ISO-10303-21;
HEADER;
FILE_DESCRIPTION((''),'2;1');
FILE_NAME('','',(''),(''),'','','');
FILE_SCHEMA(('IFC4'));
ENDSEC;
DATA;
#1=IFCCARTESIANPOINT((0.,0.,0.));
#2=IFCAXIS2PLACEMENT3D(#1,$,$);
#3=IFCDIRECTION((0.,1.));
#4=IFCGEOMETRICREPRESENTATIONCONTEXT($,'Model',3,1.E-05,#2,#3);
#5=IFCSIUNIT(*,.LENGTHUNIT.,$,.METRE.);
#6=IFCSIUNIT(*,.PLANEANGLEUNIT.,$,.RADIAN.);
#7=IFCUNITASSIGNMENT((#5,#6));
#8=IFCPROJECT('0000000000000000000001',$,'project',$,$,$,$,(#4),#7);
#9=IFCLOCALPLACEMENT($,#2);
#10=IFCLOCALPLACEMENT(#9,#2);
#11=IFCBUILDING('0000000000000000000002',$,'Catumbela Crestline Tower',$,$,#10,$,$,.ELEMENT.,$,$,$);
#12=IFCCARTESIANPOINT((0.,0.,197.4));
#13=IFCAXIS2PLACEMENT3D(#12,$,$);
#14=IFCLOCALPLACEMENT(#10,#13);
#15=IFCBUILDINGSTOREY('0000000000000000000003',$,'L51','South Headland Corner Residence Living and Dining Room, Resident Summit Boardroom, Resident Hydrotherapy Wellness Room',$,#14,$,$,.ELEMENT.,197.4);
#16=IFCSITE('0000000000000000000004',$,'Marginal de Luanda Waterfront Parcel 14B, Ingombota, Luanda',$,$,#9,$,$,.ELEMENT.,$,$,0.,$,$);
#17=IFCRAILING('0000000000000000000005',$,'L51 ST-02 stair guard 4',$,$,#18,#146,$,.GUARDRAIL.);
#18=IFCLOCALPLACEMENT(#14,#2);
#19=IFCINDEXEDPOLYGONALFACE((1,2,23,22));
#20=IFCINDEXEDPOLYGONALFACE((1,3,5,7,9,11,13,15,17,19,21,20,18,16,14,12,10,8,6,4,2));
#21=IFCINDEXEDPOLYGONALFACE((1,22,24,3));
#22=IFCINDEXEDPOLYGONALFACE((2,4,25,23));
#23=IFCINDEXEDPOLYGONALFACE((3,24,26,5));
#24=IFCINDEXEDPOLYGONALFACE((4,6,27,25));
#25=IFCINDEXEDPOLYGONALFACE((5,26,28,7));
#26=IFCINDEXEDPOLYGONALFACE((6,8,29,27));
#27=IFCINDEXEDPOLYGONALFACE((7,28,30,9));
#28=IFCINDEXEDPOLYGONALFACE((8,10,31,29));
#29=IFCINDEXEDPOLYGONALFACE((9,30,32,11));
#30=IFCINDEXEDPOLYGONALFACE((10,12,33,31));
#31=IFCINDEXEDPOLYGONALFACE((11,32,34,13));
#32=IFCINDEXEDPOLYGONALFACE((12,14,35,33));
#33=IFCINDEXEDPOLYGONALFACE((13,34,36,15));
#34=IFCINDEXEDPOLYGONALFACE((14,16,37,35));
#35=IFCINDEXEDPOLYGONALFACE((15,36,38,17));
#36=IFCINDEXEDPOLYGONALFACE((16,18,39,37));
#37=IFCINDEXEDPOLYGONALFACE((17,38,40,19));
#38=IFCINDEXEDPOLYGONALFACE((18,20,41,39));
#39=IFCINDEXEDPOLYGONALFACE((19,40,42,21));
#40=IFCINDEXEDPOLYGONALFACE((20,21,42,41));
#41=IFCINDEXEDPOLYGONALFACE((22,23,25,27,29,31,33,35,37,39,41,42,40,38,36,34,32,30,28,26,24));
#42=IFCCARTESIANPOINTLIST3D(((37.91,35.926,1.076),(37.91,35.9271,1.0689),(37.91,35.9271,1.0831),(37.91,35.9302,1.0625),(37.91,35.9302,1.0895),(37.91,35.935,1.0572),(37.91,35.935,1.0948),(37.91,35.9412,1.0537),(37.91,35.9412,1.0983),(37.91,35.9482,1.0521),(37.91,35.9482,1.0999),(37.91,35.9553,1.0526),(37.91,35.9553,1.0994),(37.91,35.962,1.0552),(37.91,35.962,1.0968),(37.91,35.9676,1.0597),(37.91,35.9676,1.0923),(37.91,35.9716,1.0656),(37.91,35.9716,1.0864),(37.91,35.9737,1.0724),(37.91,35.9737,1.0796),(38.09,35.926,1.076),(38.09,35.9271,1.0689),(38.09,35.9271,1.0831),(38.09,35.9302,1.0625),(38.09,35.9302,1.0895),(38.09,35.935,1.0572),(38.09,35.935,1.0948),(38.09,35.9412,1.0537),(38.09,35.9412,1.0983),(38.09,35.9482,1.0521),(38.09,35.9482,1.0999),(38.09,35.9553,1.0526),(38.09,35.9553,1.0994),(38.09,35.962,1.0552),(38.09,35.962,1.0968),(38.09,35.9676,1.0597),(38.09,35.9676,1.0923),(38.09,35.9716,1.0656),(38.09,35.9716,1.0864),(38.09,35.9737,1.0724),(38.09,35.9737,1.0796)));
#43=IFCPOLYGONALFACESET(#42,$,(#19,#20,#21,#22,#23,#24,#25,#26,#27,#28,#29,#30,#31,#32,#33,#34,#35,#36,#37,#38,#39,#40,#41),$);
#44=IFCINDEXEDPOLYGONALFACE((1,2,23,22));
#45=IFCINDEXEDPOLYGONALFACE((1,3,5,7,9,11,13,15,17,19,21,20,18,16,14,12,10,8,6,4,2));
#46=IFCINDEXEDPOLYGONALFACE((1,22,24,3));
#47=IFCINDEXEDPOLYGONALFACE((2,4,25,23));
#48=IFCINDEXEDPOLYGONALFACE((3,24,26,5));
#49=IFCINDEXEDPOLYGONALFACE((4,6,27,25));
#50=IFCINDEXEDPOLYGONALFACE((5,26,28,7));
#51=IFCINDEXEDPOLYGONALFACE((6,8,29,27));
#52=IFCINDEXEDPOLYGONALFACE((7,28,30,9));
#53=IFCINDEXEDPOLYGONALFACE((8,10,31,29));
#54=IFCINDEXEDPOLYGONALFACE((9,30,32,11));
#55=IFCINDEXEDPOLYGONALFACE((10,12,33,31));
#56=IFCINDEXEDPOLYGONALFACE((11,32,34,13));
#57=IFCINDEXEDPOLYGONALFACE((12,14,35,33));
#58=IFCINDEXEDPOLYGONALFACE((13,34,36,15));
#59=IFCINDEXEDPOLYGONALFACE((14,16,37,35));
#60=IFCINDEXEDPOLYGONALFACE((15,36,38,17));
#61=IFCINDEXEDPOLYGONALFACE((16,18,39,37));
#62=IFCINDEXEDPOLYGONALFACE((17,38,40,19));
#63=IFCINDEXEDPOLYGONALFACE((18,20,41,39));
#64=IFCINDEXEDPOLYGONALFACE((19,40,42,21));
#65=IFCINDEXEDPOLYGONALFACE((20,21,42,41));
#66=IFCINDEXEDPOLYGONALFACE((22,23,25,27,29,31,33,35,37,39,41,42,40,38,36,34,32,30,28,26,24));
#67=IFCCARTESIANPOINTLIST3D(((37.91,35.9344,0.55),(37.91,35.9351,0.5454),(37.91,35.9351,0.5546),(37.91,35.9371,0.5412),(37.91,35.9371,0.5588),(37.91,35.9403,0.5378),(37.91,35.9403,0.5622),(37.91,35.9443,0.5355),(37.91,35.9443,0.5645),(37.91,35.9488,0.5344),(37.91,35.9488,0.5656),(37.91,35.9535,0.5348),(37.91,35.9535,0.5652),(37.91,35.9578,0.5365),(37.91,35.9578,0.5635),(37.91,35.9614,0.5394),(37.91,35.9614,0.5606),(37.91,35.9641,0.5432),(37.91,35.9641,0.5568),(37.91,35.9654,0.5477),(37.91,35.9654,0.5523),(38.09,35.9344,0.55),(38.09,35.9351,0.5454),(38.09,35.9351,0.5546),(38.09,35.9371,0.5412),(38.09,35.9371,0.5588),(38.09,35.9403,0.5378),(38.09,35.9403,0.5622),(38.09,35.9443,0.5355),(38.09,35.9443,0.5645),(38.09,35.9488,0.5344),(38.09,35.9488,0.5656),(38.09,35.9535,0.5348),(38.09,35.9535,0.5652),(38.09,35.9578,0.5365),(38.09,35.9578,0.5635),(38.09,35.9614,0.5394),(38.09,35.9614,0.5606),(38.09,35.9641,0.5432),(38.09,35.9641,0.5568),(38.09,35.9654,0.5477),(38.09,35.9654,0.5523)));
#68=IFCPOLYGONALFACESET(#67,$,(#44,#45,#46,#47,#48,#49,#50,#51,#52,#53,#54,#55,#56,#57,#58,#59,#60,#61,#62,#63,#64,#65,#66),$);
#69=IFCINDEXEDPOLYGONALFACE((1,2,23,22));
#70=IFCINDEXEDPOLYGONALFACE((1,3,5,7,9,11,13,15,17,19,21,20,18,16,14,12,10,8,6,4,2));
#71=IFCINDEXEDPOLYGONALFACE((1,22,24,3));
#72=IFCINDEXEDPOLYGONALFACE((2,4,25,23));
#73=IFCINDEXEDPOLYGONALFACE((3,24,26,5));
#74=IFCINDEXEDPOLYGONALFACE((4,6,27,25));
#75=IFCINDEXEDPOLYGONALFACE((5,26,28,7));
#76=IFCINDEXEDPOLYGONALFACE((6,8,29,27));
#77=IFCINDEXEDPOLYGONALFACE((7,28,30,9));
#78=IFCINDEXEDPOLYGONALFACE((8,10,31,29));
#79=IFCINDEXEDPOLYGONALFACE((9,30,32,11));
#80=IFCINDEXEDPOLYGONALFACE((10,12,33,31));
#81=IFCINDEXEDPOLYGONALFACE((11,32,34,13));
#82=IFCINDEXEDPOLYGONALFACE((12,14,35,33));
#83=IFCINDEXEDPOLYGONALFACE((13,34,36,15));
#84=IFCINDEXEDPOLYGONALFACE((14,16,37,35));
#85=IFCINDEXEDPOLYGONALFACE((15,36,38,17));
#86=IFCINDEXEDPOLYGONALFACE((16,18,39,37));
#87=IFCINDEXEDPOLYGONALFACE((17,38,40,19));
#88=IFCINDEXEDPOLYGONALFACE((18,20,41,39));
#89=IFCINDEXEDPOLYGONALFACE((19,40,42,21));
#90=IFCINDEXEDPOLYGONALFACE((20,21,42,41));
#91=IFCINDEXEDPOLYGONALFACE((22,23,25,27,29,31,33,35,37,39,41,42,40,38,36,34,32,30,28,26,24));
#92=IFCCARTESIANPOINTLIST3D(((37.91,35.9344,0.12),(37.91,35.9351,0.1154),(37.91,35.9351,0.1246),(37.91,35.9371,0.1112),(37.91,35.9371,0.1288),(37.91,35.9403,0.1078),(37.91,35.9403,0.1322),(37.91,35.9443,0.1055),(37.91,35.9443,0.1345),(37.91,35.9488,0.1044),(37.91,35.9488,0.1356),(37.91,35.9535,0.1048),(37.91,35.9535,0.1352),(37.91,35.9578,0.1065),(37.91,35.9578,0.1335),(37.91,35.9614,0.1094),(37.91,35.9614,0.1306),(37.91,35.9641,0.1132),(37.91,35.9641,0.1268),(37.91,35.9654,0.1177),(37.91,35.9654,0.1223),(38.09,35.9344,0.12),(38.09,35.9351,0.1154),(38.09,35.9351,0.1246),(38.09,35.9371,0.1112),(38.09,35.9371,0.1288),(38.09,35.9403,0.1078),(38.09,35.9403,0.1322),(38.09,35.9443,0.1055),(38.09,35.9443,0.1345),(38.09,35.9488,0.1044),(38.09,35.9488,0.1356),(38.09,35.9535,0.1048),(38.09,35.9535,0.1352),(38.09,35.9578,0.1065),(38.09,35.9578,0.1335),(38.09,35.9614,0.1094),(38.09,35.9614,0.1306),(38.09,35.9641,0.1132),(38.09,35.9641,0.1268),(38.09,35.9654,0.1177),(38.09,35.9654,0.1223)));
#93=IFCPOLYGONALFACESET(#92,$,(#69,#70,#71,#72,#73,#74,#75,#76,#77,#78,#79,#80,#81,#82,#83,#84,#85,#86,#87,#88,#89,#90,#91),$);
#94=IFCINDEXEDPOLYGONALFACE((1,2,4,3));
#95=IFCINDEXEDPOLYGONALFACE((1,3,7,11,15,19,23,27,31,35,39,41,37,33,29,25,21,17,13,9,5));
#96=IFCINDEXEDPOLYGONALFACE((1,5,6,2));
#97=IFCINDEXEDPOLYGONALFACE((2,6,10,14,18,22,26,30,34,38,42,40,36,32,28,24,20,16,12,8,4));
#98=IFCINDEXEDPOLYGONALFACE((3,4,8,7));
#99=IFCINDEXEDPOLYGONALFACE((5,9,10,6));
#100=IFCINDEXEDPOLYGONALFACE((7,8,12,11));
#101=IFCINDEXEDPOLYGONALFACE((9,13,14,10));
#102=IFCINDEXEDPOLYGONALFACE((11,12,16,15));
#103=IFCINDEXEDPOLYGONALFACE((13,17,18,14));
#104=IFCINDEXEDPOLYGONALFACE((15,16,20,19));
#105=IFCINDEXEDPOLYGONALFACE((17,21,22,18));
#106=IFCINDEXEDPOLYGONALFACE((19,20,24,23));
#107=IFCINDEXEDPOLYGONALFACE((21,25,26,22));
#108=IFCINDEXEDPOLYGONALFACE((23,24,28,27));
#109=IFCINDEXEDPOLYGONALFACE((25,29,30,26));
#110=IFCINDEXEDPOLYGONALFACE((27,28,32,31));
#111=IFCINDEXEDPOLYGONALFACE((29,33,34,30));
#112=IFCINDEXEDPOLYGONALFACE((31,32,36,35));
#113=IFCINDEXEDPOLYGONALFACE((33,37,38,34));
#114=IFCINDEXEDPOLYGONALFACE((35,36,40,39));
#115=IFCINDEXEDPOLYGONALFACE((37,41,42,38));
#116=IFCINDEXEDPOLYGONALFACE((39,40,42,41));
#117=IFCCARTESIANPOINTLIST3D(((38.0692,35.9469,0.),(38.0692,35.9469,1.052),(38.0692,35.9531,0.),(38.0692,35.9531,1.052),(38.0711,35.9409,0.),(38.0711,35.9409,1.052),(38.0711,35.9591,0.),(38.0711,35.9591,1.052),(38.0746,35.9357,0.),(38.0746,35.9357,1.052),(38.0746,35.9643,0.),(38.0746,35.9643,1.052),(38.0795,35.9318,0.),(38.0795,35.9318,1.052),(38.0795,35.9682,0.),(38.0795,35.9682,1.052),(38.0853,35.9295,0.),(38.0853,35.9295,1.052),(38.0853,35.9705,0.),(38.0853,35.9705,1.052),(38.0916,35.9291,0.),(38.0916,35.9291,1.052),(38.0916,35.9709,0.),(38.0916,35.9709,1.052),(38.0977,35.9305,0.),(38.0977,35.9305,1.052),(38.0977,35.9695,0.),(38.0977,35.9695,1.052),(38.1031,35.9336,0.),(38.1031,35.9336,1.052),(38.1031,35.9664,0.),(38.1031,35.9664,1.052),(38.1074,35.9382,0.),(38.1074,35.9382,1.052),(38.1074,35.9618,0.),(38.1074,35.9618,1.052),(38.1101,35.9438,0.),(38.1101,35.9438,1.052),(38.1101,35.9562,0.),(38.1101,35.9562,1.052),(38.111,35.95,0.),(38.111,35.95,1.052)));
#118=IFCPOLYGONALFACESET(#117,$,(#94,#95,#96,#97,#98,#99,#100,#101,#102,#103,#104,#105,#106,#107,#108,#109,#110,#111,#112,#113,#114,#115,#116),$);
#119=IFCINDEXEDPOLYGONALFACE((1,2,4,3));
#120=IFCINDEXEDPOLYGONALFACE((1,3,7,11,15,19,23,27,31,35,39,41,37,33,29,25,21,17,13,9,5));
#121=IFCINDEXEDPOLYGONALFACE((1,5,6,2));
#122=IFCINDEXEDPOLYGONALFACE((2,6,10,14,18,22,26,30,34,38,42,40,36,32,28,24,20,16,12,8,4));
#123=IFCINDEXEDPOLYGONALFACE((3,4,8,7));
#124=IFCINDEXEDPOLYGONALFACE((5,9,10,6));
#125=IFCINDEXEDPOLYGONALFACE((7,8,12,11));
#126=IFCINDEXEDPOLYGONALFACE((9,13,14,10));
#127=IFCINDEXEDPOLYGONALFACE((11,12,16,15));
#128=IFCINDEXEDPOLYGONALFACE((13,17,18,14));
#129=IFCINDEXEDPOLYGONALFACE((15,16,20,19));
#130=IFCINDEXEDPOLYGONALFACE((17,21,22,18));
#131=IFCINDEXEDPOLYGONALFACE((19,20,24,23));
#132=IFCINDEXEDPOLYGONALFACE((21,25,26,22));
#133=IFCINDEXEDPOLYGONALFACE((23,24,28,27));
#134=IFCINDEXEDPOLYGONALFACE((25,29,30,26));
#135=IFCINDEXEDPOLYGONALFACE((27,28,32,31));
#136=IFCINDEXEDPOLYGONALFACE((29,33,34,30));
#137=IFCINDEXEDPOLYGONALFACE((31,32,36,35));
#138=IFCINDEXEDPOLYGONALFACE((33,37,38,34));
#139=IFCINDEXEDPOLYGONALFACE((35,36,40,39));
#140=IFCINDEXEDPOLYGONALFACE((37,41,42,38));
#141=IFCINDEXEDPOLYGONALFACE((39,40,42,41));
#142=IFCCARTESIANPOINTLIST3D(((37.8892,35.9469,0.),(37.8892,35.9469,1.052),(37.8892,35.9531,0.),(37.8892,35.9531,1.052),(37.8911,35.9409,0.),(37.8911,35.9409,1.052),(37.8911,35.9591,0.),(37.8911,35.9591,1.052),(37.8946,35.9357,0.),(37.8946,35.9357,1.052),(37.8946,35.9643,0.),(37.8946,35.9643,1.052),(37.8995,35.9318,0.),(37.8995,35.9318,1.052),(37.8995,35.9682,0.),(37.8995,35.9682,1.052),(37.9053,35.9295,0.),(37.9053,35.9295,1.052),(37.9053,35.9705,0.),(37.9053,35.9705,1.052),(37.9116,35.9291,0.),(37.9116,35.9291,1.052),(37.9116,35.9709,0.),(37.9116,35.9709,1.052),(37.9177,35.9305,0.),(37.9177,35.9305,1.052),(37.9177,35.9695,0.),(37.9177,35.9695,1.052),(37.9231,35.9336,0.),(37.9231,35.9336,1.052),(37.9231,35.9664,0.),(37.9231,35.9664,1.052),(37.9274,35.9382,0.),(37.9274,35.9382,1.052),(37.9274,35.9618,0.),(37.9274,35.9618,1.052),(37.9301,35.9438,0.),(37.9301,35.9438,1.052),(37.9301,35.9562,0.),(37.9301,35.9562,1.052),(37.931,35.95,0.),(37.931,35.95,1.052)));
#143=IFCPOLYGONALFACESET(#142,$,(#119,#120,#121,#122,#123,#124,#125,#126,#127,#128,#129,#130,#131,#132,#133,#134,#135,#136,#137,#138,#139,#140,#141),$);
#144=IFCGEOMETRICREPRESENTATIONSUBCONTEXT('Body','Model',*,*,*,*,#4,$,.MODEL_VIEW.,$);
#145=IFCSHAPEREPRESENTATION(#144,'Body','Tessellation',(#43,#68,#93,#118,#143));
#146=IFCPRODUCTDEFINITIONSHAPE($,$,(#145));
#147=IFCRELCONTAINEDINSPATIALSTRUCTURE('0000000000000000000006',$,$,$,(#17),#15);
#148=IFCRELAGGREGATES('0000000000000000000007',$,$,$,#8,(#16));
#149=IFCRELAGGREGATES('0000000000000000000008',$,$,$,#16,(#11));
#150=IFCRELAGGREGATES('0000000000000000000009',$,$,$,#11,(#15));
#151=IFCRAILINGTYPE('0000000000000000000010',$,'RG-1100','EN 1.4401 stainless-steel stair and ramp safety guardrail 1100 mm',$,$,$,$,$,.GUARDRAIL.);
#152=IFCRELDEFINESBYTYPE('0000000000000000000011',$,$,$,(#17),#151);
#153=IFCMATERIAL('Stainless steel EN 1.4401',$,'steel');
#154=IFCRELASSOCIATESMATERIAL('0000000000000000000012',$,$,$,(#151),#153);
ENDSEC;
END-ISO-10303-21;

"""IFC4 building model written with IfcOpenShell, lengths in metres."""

from ifc_helpers import new_model, si_unit, direction, frame, origin, origin_2d, place, context, subcontext, project, spatial, circle, extrude, material, type_object, element, save


model = new_model("IFC4")

# Units and contexts
model_context = context("Model", 3, precision=1e-05, world=origin(), true_north=direction((0.0, 1.0)))
body_context = subcontext(model_context, "Body", "Model", "MODEL_VIEW")
ifc_project = project(units=[si_unit("LENGTHUNIT", "METRE"), si_unit("PLANEANGLEUNIT", "RADIAN")], contexts=[model_context])

# Site, building, storey
site_placement = place(None, origin())
site = spatial("IfcSite", under=ifc_project, at=site_placement, Name="Marginal de Luanda Waterfront Parcel 14B, Ingombota, Luanda", CompositionType="ELEMENT", RefElevation=0.0)
building_placement = place(site_placement, origin())
building = spatial("IfcBuilding", under=site, at=building_placement, Name="Catumbela Crestline Tower", CompositionType="ELEMENT")
storey_placement = place(building_placement, frame((0.0, 0.0, 197.4)))
storey = spatial("IfcBuildingStorey", under=building, at=storey_placement, Name="L51", Description="South Headland Corner Residence Living and Dining Room, Resident Summit Boardroom, Resident Hydrotherapy Wellness Room", CompositionType="ELEMENT", Elevation=197.4)

# Shared definitions
ifc_material_1 = material(Name="Stainless steel EN 1.4401", Category="steel")

# Railing
railing_type_1 = type_object("IfcRailingType", Name="RG-1100", Description="EN 1.4401 stainless-steel stair and ramp safety guardrail 1100 mm", PredefinedType="GUARDRAIL", material=ifc_material_1)
railing_1_placement = place(storey_placement, frame((38.09, 35.95, 0.0)))
element("IfcRailing", 1, at=railing_1_placement, inside=storey, type_object=railing_type_1, Name="L51 ST-02 stair guard 4", PredefinedType="GUARDRAIL", context=body_context, shape_type="SweptSolid", body=[
    extrude(circle(Radius=0.024, at=origin_2d()), frame((0.0, 0.0, 1.076), z_axis=(-1.0, 0.0, 0.0), x_axis=(0.0, -1.0, 0.0)), (0.0, 0.0, 1.0), 0.18),
    extrude(circle(Radius=0.0156, at=origin_2d()), frame((0.0, 0.0, 0.55), z_axis=(-1.0, 0.0, 0.0), x_axis=(0.0, -1.0, 0.0)), (0.0, 0.0, 1.0), 0.18),
    extrude(circle(Radius=0.0156, at=origin_2d()), frame((0.0, 0.0, 0.12), z_axis=(-1.0, 0.0, 0.0), x_axis=(0.0, -1.0, 0.0)), (0.0, 0.0, 1.0), 0.18),
    extrude(circle(Radius=0.021, at=origin_2d()), origin(), (0.0, 0.0, 1.0), 1.052),
    extrude(circle(Radius=0.021, at=origin_2d()), frame((-0.18, 0.0, 0.0)), (0.0, 0.0, 1.0), 1.052),
])

save(model, "model.ifc")
